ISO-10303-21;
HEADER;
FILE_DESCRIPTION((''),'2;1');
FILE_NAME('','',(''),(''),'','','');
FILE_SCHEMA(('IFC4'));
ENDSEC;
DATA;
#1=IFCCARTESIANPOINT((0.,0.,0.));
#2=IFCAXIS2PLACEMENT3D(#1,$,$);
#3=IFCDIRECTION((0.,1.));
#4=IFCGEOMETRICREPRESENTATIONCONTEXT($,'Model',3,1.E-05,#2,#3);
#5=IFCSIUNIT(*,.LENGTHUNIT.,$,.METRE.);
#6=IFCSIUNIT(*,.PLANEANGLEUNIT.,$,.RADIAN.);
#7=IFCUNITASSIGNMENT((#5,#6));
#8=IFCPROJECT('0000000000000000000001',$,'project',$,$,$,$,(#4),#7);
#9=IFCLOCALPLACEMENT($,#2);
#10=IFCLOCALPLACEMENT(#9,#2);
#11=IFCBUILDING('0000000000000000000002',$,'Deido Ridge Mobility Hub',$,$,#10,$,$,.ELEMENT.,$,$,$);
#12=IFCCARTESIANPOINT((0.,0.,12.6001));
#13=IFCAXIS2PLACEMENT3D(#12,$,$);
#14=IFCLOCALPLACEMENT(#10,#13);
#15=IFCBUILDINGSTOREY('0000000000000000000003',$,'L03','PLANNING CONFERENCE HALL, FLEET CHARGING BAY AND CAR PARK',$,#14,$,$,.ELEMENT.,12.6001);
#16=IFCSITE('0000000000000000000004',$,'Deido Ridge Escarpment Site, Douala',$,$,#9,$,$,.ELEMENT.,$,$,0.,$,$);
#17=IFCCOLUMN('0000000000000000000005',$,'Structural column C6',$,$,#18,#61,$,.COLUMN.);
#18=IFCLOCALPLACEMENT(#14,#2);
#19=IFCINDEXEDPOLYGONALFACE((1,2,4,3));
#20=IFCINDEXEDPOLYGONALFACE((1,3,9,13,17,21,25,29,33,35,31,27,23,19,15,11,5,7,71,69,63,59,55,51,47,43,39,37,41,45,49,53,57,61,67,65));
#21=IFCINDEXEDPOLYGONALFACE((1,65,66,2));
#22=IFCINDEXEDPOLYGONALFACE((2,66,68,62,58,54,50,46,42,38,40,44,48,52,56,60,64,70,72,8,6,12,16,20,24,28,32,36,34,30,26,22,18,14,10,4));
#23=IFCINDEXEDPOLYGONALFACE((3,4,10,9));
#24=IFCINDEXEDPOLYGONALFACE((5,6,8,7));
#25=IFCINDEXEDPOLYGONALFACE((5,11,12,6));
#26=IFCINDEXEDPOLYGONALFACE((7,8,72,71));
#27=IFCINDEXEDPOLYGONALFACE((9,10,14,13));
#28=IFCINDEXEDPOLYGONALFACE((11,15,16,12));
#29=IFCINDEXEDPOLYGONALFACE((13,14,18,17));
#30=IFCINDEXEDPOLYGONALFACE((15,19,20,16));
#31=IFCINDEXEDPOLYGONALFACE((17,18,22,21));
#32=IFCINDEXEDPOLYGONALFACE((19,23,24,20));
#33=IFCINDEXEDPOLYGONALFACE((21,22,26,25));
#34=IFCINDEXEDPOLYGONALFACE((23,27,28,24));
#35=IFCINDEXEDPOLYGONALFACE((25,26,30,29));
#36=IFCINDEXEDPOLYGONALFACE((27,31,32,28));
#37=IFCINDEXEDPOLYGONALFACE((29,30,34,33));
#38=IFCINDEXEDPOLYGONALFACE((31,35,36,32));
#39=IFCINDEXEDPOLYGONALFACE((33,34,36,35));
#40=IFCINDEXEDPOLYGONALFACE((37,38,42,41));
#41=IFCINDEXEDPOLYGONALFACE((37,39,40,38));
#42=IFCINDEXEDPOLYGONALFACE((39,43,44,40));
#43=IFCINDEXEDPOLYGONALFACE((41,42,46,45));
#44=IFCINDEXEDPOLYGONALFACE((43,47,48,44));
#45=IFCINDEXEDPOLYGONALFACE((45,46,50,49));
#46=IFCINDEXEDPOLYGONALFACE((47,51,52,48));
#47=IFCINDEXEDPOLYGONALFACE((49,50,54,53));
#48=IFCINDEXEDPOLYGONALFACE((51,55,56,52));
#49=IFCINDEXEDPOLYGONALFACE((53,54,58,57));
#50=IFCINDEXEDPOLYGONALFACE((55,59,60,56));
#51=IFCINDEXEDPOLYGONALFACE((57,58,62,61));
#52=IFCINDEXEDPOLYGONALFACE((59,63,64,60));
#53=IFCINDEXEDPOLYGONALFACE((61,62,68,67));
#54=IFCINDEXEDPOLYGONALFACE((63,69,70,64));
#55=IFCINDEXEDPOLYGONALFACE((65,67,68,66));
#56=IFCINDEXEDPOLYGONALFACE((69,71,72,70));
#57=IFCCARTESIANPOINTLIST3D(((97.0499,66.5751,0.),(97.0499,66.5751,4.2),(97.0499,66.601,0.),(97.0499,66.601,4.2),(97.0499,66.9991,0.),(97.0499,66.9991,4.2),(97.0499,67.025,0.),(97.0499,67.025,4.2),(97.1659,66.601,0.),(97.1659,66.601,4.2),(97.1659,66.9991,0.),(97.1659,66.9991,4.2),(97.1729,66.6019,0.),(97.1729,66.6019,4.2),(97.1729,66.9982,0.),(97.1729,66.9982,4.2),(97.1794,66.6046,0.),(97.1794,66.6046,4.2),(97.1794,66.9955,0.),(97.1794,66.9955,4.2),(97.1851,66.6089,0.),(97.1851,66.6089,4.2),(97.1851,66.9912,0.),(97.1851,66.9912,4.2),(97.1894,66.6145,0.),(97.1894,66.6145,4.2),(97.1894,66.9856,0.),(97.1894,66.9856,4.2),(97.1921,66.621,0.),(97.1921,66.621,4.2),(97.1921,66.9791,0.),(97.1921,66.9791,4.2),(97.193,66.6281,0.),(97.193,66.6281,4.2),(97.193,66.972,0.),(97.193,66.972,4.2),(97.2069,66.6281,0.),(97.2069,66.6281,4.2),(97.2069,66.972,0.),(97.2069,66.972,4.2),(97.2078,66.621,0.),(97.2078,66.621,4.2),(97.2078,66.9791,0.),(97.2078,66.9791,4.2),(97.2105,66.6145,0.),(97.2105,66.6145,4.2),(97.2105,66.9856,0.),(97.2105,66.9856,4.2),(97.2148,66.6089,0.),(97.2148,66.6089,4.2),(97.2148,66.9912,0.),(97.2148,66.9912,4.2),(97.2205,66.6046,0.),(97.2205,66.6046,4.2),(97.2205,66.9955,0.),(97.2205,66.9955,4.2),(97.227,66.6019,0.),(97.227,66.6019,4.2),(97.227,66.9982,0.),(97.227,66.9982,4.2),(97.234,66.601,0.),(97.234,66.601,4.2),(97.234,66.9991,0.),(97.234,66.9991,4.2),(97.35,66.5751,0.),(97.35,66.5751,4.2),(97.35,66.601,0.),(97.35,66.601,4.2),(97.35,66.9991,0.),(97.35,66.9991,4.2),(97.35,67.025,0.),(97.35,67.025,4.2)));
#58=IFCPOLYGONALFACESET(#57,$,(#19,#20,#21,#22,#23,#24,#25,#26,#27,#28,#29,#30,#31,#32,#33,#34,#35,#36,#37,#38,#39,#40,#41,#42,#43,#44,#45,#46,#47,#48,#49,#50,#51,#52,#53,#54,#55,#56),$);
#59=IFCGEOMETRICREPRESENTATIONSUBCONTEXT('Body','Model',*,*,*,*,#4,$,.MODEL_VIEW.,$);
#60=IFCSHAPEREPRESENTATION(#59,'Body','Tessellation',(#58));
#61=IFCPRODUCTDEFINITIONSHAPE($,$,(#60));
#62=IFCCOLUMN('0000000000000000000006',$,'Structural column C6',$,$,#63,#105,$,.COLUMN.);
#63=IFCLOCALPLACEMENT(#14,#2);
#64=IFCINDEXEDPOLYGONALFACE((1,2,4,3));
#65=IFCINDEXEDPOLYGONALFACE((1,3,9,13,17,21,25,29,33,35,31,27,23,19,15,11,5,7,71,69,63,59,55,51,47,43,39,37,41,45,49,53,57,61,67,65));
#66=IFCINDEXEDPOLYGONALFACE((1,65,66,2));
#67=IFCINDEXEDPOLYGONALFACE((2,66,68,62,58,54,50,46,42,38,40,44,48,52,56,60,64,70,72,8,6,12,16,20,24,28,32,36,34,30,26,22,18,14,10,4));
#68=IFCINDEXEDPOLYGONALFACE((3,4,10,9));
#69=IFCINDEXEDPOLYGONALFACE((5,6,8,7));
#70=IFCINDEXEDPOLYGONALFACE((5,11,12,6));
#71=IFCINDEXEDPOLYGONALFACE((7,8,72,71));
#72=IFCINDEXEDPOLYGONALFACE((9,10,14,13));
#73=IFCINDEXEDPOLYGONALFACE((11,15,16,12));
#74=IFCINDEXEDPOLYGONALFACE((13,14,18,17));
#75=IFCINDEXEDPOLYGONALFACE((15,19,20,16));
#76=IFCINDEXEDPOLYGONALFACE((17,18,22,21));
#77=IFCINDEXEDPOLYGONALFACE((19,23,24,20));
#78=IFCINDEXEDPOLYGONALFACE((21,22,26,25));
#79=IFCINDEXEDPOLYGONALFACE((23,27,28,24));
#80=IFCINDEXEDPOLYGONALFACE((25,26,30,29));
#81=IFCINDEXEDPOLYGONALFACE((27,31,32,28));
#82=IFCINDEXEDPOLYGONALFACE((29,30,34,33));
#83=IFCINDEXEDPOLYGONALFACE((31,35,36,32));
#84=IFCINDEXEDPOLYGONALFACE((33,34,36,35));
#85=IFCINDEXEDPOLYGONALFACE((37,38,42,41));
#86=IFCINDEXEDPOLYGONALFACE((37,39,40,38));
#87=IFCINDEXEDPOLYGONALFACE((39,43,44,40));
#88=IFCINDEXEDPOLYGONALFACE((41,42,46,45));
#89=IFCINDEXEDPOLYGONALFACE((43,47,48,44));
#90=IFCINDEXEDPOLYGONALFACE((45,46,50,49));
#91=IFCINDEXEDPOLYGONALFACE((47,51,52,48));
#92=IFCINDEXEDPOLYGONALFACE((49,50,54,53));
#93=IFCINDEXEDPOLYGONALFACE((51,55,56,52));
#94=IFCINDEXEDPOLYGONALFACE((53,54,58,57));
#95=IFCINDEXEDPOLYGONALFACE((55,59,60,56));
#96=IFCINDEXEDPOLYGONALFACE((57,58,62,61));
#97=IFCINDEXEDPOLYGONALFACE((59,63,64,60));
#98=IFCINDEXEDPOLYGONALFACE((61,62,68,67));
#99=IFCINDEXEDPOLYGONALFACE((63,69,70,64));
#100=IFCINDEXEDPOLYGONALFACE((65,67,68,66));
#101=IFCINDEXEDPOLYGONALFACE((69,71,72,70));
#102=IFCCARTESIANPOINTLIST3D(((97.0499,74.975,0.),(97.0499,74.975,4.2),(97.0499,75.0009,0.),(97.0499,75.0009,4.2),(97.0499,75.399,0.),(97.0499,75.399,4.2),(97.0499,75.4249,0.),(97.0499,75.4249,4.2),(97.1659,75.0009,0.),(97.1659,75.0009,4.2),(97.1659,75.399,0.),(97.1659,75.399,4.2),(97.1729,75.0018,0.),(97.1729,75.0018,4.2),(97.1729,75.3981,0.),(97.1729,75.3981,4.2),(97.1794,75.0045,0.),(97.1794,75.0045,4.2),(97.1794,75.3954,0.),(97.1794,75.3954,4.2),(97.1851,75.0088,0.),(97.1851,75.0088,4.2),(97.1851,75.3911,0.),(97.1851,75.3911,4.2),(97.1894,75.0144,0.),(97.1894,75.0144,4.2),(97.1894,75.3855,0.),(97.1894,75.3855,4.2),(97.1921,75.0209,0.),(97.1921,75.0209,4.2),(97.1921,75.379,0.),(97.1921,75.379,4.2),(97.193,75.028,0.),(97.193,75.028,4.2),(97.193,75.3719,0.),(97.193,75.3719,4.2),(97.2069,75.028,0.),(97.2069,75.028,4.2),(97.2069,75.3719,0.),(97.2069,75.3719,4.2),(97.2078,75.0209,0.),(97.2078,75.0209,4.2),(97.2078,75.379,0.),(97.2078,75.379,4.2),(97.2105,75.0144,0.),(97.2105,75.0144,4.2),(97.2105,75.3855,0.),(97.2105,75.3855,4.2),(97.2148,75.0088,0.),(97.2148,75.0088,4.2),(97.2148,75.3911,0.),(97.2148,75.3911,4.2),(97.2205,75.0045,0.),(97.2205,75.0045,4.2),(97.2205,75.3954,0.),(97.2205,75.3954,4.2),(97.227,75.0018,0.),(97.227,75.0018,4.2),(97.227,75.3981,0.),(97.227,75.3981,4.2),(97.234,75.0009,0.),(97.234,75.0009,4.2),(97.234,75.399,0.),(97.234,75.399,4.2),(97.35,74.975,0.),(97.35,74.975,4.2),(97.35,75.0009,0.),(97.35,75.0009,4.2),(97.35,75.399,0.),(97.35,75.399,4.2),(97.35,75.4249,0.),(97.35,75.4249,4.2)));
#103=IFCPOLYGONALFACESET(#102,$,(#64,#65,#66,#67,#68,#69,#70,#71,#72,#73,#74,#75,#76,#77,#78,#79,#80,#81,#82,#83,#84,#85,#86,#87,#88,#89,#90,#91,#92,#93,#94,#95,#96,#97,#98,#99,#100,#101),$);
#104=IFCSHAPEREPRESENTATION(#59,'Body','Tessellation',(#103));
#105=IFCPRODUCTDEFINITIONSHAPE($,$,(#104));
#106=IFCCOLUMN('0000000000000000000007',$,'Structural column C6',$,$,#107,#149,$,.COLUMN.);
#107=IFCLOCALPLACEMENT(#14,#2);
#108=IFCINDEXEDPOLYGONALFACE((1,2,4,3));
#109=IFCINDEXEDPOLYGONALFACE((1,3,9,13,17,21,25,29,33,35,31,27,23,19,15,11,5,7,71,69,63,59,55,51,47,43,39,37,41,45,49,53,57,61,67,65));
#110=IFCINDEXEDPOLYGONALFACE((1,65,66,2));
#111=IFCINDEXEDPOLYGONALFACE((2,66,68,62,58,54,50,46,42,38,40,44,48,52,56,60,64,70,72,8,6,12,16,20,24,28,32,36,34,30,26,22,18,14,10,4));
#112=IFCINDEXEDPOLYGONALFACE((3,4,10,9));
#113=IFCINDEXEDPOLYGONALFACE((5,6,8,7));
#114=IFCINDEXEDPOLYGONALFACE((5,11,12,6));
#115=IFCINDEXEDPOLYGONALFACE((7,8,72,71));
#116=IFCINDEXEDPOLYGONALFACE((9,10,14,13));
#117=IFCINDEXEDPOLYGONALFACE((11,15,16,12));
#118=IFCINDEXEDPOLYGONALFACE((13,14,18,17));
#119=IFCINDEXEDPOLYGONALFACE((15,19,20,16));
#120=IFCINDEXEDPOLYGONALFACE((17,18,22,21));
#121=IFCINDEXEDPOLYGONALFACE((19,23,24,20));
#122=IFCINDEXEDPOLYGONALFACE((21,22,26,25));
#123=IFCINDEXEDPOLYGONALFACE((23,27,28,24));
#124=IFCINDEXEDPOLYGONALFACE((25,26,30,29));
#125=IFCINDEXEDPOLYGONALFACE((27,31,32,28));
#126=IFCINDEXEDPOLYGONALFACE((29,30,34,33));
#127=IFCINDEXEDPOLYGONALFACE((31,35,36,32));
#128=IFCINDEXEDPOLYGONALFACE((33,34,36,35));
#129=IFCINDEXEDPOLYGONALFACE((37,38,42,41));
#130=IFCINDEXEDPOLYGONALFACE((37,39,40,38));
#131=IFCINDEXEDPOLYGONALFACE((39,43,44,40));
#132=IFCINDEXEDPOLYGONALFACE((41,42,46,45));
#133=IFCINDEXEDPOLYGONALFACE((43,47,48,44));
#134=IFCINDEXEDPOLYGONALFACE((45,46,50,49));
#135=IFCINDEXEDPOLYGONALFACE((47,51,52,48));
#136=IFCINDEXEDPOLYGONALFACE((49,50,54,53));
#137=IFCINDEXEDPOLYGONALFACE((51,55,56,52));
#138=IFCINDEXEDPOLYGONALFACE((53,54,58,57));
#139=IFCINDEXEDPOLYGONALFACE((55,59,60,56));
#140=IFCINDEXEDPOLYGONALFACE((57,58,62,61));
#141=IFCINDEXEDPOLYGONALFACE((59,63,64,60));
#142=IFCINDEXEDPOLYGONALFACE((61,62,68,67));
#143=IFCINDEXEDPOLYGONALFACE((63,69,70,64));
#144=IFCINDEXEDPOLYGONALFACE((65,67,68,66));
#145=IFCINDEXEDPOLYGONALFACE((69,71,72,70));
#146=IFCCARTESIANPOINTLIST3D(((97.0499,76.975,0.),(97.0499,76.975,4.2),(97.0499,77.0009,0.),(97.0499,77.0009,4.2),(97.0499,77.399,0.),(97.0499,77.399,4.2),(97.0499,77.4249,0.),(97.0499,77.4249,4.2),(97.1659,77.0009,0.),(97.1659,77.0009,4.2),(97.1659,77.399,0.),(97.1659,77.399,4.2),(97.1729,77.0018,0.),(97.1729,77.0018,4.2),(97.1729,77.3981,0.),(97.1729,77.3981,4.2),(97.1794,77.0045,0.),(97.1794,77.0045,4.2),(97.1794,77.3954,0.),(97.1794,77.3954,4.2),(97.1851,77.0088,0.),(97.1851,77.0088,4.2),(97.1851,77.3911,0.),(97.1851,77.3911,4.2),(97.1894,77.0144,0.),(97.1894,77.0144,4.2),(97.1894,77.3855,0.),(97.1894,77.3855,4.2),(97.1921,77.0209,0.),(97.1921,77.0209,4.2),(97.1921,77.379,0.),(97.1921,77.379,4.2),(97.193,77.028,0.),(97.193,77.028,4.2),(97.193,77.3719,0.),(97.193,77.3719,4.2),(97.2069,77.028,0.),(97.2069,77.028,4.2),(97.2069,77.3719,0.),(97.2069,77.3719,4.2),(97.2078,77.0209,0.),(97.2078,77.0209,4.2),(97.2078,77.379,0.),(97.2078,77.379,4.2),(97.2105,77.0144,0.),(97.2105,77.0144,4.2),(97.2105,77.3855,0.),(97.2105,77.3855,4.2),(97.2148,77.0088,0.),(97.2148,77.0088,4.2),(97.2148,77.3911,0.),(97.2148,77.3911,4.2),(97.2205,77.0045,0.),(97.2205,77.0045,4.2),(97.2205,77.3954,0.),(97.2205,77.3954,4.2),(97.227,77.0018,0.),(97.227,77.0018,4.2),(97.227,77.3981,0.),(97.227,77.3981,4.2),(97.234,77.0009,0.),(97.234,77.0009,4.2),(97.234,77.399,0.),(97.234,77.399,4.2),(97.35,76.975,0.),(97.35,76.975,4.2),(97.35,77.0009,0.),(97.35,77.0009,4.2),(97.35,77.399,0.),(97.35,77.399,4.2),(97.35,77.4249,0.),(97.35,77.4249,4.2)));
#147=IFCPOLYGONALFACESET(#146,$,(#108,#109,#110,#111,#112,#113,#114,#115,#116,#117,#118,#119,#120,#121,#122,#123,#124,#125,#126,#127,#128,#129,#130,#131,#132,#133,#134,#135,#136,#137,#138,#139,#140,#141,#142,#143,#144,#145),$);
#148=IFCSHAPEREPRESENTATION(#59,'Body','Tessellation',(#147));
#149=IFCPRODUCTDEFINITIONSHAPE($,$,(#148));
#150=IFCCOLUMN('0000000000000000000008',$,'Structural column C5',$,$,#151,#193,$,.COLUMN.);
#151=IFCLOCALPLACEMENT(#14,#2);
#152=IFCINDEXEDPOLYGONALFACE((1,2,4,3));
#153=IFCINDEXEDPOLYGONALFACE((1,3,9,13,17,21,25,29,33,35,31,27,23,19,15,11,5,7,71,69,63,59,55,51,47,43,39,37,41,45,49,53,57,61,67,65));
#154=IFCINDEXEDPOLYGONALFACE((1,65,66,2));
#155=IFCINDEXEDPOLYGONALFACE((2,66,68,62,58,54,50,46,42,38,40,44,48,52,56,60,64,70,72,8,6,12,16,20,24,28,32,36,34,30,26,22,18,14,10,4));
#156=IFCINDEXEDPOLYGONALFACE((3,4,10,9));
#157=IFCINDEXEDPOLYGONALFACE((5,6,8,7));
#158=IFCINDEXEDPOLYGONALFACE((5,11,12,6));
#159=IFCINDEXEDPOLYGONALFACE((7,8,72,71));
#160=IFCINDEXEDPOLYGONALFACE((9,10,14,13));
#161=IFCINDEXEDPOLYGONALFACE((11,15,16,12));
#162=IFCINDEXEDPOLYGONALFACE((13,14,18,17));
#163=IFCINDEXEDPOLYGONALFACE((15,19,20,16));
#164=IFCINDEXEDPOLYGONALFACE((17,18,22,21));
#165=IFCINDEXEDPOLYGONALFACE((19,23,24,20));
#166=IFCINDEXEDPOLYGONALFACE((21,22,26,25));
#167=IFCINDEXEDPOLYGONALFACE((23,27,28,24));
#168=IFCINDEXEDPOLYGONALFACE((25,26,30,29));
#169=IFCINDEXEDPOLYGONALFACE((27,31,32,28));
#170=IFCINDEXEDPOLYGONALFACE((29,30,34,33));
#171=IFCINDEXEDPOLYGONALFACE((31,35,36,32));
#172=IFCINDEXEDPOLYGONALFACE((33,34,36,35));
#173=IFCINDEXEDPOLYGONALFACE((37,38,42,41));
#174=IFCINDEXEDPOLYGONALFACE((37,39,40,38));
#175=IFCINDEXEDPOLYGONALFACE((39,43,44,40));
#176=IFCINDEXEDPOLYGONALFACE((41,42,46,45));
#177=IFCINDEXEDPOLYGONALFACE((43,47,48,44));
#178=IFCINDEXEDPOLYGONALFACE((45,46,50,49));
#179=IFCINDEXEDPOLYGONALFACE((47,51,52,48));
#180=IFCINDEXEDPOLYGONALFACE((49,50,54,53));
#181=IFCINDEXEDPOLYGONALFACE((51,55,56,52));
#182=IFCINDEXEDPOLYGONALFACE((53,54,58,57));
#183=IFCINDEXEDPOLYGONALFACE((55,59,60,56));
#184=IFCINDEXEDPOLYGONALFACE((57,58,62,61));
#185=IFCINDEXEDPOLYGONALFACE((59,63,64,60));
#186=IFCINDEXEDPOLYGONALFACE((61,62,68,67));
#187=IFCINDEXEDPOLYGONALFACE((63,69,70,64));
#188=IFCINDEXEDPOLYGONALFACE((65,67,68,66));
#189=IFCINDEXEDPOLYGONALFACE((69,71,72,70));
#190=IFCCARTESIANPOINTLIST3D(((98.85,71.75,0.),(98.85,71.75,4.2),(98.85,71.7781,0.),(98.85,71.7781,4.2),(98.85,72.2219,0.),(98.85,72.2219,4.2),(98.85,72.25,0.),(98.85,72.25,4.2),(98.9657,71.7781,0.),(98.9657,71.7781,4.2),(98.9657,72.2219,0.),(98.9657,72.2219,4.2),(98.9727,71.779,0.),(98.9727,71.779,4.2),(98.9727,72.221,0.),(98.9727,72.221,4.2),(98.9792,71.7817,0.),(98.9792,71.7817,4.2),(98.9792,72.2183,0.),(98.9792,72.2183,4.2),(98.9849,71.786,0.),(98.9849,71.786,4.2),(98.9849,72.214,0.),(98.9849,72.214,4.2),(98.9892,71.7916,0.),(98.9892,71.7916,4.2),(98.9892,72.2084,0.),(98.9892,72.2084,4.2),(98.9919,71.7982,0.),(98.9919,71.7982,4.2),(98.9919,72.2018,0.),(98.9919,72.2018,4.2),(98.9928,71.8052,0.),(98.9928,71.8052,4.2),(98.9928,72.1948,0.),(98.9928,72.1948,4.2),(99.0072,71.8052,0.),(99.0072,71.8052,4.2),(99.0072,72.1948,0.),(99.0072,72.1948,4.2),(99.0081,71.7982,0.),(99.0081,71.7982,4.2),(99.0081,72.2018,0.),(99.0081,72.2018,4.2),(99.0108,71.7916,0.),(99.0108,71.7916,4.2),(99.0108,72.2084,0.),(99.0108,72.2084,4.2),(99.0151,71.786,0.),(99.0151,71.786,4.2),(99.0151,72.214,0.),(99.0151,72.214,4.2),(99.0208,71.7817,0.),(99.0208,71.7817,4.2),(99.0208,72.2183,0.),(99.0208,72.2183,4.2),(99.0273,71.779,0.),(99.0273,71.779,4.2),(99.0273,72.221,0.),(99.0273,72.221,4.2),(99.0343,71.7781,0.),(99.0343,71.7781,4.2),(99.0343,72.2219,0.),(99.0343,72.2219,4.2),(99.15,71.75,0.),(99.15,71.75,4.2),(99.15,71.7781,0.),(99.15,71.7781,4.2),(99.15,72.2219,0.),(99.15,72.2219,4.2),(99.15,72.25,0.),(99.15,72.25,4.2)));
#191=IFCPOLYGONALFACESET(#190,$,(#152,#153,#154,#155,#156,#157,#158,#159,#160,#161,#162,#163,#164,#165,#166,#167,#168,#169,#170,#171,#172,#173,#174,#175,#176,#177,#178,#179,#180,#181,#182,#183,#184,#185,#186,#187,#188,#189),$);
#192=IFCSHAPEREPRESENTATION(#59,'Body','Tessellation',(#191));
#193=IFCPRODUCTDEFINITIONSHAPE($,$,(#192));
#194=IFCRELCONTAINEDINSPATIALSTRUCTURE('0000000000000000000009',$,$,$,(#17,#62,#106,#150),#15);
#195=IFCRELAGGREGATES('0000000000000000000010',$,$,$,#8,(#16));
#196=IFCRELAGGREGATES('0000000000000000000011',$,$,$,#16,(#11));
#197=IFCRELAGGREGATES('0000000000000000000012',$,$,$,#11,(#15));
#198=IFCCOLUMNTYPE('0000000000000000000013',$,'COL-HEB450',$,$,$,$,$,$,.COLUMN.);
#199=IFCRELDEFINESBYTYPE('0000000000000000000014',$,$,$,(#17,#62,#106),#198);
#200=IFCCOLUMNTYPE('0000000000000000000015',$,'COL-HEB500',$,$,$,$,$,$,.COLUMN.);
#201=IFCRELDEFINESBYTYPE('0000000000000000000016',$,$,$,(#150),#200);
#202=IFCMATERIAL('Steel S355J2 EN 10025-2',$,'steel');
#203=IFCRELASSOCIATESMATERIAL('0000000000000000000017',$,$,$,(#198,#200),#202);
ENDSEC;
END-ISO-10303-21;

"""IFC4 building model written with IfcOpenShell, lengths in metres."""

from ifc_helpers import new_model, si_unit, direction, frame, origin, origin_2d, place, context, subcontext, project, spatial, i_section, extrude, material, material_profile, profile_set, type_object, element, save


model = new_model("IFC4")

# Units and contexts
model_context = context("Model", 3, precision=1e-05, world=origin(), true_north=direction((0.0, 1.0)))
body_context = subcontext(model_context, "Body", "Model", "MODEL_VIEW")
ifc_project = project(units=[si_unit("LENGTHUNIT", "METRE"), si_unit("PLANEANGLEUNIT", "RADIAN")], contexts=[model_context])

# Site, building, storey
site_placement = place(None, origin())
site = spatial("IfcSite", under=ifc_project, at=site_placement, Name="Deido Ridge Escarpment Site, Douala", CompositionType="ELEMENT", RefElevation=0.0)
building_placement = place(site_placement, origin())
building = spatial("IfcBuilding", under=site, at=building_placement, Name="Deido Ridge Mobility Hub", CompositionType="ELEMENT")
storey_placement = place(building_placement, frame((0.0, 0.0, 12.6001)))
storey = spatial("IfcBuildingStorey", under=building, at=storey_placement, Name="L03", Description="PLANNING CONFERENCE HALL, FLEET CHARGING BAY AND CAR PARK", CompositionType="ELEMENT", Elevation=12.6001)

# Columns
ifc_material_1 = material(Name="Steel S355J2 EN 10025-2", Category="steel")
ifc_material_profile_1 = material_profile(ifc_material_1, i_section(OverallWidth=0.3, OverallDepth=0.45, WebThickness=0.0139, FlangeThickness=0.0259, FilletRadius=0.0271, at=origin_2d()), Name="HEB 450")
ifc_profile_set_1 = profile_set([ifc_material_profile_1], Name="Steel S355J2 EN 10025-2")
column_type_1 = type_object("IfcColumnType", Name="COL-HEB450", PredefinedType="COLUMN", material=ifc_profile_set_1)
for number, where, z_axis, x_axis, name in (
    (1, (97.2, 66.8, 0.0), (0.0, 0.0, 1.0), (1.0, 0.0, 0.0), "Structural column C6"),
    (2, (97.2, 75.2, 0.0), (0.0, 0.0, 1.0), (1.0, 0.0, 0.0), "Structural column C6"),
    (3, (97.2, 77.2, 0.0), (0.0, 0.0, 1.0), (1.0, 0.0, 0.0), "Structural column C6"),
):
    element("IfcColumn", number, at=place(storey_placement, frame(where, z_axis=z_axis, x_axis=x_axis)), inside=storey, type_object=column_type_1, Name=name, PredefinedType="COLUMN", context=body_context, shape_type="SweptSolid", body=[
        extrude(i_section(OverallWidth=0.3, OverallDepth=0.45, WebThickness=0.0139, FlangeThickness=0.0259, FilletRadius=0.0271, at=origin_2d()), origin(), (0.0, 0.0, 1.0), 4.2),
    ])
ifc_material_profile_2 = material_profile(ifc_material_1, i_section(OverallWidth=0.3, OverallDepth=0.5, WebThickness=0.0144, FlangeThickness=0.0281, FilletRadius=0.0271, at=origin_2d()), Name="HEB 500")
ifc_profile_set_2 = profile_set([ifc_material_profile_2], Name="Steel S355J2 EN 10025-2")
column_type_2 = type_object("IfcColumnType", Name="COL-HEB500", PredefinedType="COLUMN", material=ifc_profile_set_2)
column_placement = place(storey_placement, frame((99.0, 72.0, 0.0), z_axis=(0.0, 0.0, 1.0), x_axis=(1.0, 0.0, 0.0)))
element("IfcColumn", 4, at=column_placement, inside=storey, type_object=column_type_2, Name="Structural column C5", PredefinedType="COLUMN", context=body_context, shape_type="SweptSolid", body=[
    extrude(i_section(OverallWidth=0.3, OverallDepth=0.5, WebThickness=0.0144, FlangeThickness=0.0281, FilletRadius=0.0271, at=origin_2d()), origin(), (0.0, 0.0, 1.0), 4.2),
])

save(model, "model.ifc")
